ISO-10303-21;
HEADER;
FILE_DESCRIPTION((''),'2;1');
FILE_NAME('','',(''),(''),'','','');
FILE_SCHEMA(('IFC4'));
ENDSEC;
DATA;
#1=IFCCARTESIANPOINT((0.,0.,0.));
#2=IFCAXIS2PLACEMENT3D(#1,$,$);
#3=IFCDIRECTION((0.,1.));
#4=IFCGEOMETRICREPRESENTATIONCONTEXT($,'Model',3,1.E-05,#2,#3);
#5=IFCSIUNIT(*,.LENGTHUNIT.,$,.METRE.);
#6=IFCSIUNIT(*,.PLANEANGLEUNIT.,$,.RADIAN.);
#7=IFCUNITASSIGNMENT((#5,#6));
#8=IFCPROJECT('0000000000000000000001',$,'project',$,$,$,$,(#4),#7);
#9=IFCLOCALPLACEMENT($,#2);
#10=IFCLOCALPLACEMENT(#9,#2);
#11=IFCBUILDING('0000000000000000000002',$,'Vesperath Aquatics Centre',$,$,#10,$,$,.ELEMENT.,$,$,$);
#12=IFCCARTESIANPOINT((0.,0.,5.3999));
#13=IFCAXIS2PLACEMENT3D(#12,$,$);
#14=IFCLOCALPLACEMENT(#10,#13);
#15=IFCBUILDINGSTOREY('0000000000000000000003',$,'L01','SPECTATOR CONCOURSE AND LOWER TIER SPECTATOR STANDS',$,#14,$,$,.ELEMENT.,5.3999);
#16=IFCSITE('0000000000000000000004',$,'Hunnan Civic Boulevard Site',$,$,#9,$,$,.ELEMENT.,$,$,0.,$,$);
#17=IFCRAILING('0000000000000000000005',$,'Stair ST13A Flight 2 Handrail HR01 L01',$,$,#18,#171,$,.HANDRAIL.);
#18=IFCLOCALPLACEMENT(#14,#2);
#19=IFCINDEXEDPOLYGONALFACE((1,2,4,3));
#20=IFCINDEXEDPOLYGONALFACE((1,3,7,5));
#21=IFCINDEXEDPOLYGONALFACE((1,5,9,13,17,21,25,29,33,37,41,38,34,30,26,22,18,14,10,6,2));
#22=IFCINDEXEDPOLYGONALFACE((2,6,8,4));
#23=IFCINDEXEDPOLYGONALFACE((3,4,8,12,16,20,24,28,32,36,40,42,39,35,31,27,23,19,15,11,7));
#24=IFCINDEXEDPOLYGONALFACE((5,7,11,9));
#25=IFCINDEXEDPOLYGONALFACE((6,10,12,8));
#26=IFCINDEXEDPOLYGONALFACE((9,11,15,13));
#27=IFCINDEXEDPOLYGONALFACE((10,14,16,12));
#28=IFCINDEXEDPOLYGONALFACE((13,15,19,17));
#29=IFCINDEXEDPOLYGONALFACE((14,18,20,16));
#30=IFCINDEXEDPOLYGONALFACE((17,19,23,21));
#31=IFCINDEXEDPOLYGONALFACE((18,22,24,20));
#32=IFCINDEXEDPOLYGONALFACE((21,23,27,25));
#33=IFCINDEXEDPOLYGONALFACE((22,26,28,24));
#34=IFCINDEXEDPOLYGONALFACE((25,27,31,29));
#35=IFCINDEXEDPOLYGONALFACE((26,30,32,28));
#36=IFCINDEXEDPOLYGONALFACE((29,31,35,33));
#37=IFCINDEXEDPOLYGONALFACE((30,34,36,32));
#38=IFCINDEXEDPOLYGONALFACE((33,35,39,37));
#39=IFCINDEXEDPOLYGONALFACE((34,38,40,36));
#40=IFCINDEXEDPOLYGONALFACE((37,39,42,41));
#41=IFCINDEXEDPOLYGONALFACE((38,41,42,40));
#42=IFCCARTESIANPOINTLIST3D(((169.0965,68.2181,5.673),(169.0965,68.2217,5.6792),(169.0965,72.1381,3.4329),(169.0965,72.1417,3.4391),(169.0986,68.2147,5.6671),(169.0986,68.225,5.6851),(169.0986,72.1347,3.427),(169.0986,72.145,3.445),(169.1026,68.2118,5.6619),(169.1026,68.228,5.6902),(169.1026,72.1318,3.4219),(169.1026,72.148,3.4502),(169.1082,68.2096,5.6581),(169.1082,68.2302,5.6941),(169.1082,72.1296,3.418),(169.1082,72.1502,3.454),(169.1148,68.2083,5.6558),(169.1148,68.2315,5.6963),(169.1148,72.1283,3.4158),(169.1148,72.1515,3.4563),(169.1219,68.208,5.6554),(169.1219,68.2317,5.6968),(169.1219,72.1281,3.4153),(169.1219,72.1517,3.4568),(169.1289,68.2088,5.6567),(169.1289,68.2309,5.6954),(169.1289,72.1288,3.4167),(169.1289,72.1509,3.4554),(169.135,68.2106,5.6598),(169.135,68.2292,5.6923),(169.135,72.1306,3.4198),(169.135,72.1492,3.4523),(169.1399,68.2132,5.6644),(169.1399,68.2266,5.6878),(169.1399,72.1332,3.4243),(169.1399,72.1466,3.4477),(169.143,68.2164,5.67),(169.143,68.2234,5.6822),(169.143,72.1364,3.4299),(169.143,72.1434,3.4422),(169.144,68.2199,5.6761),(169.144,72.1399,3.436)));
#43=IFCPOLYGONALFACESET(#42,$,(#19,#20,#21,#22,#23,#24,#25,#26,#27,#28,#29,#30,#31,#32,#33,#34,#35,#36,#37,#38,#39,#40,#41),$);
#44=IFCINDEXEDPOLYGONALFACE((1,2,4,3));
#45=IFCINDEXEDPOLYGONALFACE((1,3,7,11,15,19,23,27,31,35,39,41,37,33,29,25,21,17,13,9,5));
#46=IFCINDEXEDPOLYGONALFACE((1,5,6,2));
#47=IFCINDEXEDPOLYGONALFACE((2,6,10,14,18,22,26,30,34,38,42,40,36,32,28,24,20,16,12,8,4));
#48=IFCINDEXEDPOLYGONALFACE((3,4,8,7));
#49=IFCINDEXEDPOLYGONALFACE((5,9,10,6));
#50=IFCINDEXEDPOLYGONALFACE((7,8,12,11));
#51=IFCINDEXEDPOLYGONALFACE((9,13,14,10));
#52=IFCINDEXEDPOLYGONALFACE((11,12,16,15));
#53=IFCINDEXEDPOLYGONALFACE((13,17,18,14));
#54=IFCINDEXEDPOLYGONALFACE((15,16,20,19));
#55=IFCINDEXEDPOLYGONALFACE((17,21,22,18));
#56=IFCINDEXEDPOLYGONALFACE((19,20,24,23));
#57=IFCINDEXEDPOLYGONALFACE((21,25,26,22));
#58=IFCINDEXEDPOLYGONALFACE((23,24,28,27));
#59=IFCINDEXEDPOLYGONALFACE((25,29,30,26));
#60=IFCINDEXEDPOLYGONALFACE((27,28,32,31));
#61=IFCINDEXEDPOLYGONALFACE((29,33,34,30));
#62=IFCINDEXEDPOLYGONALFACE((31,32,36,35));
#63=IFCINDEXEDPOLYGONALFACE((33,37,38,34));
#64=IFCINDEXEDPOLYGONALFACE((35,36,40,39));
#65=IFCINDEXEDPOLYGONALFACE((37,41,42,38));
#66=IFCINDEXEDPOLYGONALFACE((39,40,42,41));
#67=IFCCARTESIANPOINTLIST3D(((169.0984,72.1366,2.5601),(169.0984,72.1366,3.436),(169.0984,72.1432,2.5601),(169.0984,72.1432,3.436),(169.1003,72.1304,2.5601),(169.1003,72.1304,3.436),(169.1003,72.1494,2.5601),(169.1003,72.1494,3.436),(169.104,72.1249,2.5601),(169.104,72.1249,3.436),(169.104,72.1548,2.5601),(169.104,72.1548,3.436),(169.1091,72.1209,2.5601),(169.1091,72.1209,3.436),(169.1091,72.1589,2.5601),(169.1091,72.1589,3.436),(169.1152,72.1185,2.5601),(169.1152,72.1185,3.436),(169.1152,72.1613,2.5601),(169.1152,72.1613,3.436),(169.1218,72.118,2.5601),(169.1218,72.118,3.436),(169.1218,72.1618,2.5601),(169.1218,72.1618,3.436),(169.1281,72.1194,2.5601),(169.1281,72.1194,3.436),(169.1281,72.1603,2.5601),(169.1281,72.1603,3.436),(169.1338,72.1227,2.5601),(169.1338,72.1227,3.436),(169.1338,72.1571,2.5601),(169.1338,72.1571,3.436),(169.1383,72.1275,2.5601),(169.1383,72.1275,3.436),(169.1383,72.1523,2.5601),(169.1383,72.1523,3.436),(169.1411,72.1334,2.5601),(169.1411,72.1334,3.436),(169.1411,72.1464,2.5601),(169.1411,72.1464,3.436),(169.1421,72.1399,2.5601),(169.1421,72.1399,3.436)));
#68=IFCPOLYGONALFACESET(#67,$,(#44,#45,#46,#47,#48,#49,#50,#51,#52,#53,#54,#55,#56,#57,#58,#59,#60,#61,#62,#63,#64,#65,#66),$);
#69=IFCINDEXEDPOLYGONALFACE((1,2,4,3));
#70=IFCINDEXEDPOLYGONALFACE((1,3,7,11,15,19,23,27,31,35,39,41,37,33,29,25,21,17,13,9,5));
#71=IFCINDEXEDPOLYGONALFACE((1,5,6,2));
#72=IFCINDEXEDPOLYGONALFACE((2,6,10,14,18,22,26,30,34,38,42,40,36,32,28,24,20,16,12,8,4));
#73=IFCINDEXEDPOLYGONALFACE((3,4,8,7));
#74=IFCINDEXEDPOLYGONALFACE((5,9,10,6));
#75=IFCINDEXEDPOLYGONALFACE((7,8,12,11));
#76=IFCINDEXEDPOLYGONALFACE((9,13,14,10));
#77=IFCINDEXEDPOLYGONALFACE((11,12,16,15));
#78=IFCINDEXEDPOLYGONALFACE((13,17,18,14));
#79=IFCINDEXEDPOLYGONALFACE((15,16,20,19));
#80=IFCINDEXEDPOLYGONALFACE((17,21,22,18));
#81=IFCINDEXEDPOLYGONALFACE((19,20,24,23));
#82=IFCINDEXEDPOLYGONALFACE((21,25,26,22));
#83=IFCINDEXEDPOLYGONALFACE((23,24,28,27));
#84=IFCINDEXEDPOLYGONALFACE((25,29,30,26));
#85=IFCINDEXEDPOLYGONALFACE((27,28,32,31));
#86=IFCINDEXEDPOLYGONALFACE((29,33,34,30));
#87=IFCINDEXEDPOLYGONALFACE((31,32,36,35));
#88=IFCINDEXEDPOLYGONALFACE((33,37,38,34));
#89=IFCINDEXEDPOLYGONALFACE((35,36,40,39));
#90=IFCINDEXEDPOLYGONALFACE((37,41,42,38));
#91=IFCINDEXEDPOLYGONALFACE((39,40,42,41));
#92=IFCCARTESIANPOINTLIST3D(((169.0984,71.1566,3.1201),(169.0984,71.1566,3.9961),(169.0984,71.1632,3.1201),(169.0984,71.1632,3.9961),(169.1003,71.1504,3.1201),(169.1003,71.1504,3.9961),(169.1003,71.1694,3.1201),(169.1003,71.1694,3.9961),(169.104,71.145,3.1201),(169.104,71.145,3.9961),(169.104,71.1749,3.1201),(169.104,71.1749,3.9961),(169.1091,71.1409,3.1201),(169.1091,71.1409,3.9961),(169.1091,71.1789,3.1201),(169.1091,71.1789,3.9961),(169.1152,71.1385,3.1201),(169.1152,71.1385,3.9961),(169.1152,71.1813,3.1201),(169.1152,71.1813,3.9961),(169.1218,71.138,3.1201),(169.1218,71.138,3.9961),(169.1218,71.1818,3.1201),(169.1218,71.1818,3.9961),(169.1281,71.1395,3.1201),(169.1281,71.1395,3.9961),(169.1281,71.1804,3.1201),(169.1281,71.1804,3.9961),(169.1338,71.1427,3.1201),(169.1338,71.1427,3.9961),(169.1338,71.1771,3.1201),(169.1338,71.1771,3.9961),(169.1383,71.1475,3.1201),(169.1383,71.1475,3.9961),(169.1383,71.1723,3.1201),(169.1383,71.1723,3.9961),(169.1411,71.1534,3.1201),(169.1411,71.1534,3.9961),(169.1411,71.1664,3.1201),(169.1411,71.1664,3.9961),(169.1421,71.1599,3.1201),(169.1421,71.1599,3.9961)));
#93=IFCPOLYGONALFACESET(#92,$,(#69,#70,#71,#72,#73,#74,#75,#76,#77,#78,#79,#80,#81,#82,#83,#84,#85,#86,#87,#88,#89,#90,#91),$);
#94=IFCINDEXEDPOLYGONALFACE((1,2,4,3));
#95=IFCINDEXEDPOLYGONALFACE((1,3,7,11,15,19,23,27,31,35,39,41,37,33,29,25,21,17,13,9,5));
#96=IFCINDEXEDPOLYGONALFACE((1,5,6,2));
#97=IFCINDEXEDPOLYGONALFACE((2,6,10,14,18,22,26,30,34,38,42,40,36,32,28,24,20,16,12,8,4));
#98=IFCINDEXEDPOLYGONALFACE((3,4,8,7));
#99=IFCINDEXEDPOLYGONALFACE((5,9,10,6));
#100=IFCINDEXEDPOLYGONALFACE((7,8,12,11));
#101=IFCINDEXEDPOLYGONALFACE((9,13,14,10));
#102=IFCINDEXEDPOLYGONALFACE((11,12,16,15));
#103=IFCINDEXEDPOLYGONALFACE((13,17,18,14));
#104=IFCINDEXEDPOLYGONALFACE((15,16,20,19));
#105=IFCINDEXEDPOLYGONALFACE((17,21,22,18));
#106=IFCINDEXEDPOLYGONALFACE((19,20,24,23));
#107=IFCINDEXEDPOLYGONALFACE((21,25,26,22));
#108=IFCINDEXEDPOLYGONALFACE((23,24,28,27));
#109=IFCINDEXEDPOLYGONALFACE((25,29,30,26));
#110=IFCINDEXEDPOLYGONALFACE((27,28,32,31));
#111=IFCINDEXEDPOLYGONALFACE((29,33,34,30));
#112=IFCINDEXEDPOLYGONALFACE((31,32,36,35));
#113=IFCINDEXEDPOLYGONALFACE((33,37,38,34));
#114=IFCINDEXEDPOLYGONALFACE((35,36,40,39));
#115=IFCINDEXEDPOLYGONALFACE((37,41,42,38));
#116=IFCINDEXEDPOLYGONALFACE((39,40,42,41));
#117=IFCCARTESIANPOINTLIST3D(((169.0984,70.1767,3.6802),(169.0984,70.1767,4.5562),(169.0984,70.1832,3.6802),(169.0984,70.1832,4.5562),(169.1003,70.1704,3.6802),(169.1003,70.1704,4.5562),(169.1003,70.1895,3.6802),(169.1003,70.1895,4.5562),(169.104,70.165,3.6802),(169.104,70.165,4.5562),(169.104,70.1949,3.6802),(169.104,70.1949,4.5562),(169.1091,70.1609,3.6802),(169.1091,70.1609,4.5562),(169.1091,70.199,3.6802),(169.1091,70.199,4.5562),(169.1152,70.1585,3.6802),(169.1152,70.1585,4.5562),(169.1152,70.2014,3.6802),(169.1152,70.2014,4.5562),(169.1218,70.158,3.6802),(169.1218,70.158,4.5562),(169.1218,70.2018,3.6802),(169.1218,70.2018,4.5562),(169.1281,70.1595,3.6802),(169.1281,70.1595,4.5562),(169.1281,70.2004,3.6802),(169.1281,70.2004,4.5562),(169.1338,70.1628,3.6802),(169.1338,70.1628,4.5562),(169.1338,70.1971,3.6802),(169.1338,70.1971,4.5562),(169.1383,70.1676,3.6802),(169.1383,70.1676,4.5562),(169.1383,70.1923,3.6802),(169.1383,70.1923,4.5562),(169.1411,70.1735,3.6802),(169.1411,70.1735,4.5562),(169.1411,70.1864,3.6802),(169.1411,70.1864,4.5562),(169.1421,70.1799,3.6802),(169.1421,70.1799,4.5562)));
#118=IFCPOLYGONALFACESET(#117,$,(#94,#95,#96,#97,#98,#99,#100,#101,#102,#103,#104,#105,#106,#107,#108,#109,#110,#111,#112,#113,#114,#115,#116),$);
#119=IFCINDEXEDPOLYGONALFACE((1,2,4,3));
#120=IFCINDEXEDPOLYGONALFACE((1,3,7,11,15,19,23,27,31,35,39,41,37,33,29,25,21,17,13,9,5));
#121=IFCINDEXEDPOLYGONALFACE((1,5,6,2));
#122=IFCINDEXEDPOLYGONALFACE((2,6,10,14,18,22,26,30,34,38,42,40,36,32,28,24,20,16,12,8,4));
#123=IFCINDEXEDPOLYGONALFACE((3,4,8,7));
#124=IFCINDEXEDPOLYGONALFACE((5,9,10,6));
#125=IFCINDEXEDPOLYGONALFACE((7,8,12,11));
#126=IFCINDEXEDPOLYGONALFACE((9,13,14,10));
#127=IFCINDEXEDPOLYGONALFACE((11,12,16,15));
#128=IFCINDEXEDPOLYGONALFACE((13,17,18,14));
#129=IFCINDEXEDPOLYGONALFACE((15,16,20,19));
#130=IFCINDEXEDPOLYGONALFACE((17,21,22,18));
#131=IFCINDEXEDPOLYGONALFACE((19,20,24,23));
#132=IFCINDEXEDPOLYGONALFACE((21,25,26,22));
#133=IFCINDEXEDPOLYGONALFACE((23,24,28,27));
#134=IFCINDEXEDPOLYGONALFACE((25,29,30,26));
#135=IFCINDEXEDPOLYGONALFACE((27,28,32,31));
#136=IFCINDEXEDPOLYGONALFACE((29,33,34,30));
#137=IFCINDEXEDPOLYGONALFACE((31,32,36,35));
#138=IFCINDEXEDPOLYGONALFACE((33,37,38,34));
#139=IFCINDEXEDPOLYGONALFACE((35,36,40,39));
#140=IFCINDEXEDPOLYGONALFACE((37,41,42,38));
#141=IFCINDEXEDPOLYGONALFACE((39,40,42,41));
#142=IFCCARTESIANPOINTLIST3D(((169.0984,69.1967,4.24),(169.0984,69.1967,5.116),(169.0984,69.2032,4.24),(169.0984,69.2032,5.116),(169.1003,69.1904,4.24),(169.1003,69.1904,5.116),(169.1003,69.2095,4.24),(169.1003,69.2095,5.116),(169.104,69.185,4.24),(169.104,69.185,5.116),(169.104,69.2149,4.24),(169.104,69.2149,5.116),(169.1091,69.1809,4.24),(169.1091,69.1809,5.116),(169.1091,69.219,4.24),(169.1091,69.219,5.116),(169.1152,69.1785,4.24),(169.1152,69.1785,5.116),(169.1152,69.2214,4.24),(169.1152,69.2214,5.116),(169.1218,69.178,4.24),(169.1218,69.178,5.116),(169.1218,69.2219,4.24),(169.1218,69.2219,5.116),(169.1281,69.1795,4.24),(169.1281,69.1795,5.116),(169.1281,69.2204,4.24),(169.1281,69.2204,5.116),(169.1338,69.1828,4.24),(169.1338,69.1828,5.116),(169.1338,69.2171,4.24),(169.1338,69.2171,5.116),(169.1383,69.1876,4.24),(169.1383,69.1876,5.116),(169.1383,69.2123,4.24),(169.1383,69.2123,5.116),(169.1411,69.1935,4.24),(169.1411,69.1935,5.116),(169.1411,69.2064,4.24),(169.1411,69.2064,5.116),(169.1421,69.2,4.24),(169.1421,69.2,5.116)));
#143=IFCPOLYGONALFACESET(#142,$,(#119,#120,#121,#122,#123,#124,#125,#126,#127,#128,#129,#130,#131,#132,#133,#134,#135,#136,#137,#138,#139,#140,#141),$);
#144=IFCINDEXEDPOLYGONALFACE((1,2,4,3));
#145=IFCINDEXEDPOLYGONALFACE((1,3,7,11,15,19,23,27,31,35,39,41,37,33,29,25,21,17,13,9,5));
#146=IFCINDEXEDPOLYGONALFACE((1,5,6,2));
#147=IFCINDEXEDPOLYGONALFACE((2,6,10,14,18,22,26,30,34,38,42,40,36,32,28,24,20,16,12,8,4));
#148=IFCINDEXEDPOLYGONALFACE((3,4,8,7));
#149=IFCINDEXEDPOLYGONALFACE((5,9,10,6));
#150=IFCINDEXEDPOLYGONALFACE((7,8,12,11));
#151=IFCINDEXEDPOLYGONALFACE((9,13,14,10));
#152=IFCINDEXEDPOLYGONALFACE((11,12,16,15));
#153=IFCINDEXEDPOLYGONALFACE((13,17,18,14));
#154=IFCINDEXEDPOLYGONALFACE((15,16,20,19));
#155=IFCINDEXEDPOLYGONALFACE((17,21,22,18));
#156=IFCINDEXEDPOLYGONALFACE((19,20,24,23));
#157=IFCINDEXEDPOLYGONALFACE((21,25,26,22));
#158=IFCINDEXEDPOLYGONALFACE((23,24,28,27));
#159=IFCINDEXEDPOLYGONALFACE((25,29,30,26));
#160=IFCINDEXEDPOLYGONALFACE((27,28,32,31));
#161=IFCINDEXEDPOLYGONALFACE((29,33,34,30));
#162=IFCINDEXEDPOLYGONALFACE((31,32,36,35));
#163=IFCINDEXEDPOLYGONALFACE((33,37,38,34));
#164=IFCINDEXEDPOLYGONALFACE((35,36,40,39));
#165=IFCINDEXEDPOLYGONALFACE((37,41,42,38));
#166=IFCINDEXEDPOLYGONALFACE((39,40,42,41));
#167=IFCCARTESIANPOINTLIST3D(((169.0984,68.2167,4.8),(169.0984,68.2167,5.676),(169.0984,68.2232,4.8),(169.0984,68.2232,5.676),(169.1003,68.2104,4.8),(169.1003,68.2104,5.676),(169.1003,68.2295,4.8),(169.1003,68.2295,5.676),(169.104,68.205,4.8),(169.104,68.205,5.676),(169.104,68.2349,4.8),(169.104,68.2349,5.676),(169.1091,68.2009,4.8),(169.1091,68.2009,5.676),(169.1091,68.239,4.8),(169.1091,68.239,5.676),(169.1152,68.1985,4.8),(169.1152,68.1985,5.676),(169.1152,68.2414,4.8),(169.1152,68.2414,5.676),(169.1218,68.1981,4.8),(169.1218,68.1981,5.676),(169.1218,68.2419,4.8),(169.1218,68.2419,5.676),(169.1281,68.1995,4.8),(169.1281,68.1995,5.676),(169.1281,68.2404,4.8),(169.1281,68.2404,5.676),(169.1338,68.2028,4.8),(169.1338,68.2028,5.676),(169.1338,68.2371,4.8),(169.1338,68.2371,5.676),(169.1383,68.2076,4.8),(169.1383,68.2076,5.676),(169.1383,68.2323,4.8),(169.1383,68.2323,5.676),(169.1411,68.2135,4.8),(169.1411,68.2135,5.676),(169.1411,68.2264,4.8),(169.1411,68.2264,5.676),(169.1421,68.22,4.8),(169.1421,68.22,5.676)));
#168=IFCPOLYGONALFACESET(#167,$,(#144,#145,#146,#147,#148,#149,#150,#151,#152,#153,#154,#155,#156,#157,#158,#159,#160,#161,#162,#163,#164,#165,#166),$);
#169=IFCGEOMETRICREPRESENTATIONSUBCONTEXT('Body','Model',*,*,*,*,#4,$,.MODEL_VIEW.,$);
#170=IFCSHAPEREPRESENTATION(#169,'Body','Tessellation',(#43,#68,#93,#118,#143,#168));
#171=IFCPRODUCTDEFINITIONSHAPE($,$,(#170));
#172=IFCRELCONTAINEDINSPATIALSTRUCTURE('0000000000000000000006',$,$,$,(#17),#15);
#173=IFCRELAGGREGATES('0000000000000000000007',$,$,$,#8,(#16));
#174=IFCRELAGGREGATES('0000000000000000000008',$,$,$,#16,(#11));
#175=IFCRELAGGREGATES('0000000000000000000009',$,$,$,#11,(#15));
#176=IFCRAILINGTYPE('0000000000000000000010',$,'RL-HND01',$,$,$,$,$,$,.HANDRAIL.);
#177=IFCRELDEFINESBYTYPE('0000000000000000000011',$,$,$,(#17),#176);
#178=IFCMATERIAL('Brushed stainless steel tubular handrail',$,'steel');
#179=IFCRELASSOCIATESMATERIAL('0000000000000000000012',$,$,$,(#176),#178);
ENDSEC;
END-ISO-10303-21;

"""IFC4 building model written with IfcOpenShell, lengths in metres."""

from ifc_helpers import new_model, si_unit, direction, frame, origin, origin_2d, place, context, subcontext, project, spatial, circle, extrude, material, type_object, element, save


model = new_model("IFC4")

# Units and contexts
model_context = context("Model", 3, precision=1e-05, world=origin(), true_north=direction((0.0, 1.0)))
body_context = subcontext(model_context, "Body", "Model", "MODEL_VIEW")
ifc_project = project(units=[si_unit("LENGTHUNIT", "METRE"), si_unit("PLANEANGLEUNIT", "RADIAN")], contexts=[model_context])

# Site, building, storey
site_placement = place(None, origin())
site = spatial("IfcSite", under=ifc_project, at=site_placement, Name="Hunnan Civic Boulevard Site", CompositionType="ELEMENT", RefElevation=0.0)
building_placement = place(site_placement, origin())
building = spatial("IfcBuilding", under=site, at=building_placement, Name="Vesperath Aquatics Centre", CompositionType="ELEMENT")
storey_placement = place(building_placement, frame((0.0, 0.0, 5.3999)))
storey = spatial("IfcBuildingStorey", under=building, at=storey_placement, Name="L01", Description="SPECTATOR CONCOURSE AND LOWER TIER SPECTATOR STANDS", CompositionType="ELEMENT", Elevation=5.3999)

# Railing
ifc_material_1 = material(Name="Brushed stainless steel tubular handrail", Category="steel")
railing_type_1 = type_object("IfcRailingType", Name="RL-HND01", PredefinedType="HANDRAIL", material=ifc_material_1)
railing_1_placement = place(storey_placement, frame((169.1201, 72.1399, 2.5601)))
element("IfcRailing", 1, at=railing_1_placement, inside=storey, type_object=railing_type_1, Name="Stair ST13A Flight 2 Handrail HR01 L01", PredefinedType="HANDRAIL", context=body_context, shape_type="SweptSolid", body=[
    extrude(circle(Radius=0.0239, at=origin_2d()), frame((0.0, 0.0, 0.876), z_axis=(0.0, -0.86824, 0.496145), x_axis=(1.0, 0.0, 0.0)), (0.0, 0.0, 1.0), 4.5149),
    extrude(circle(Radius=0.022, at=origin_2d()), origin(), (0.0, 0.0, 1.0), 0.876),
    extrude(circle(Radius=0.022, at=origin_2d()), frame((0.0, -0.98, 0.5601)), (0.0, 0.0, 1.0), 0.876),
    extrude(circle(Radius=0.022, at=origin_2d()), frame((0.0, -1.96, 1.1201)), (0.0, 0.0, 1.0), 0.876),
    extrude(circle(Radius=0.022, at=origin_2d()), frame((0.0, -2.9399, 1.6799)), (0.0, 0.0, 1.0), 0.876),
    extrude(circle(Radius=0.022, at=origin_2d()), frame((0.0, -3.9199, 2.24)), (0.0, 0.0, 1.0), 0.876),
])

save(model, "model.ifc")
